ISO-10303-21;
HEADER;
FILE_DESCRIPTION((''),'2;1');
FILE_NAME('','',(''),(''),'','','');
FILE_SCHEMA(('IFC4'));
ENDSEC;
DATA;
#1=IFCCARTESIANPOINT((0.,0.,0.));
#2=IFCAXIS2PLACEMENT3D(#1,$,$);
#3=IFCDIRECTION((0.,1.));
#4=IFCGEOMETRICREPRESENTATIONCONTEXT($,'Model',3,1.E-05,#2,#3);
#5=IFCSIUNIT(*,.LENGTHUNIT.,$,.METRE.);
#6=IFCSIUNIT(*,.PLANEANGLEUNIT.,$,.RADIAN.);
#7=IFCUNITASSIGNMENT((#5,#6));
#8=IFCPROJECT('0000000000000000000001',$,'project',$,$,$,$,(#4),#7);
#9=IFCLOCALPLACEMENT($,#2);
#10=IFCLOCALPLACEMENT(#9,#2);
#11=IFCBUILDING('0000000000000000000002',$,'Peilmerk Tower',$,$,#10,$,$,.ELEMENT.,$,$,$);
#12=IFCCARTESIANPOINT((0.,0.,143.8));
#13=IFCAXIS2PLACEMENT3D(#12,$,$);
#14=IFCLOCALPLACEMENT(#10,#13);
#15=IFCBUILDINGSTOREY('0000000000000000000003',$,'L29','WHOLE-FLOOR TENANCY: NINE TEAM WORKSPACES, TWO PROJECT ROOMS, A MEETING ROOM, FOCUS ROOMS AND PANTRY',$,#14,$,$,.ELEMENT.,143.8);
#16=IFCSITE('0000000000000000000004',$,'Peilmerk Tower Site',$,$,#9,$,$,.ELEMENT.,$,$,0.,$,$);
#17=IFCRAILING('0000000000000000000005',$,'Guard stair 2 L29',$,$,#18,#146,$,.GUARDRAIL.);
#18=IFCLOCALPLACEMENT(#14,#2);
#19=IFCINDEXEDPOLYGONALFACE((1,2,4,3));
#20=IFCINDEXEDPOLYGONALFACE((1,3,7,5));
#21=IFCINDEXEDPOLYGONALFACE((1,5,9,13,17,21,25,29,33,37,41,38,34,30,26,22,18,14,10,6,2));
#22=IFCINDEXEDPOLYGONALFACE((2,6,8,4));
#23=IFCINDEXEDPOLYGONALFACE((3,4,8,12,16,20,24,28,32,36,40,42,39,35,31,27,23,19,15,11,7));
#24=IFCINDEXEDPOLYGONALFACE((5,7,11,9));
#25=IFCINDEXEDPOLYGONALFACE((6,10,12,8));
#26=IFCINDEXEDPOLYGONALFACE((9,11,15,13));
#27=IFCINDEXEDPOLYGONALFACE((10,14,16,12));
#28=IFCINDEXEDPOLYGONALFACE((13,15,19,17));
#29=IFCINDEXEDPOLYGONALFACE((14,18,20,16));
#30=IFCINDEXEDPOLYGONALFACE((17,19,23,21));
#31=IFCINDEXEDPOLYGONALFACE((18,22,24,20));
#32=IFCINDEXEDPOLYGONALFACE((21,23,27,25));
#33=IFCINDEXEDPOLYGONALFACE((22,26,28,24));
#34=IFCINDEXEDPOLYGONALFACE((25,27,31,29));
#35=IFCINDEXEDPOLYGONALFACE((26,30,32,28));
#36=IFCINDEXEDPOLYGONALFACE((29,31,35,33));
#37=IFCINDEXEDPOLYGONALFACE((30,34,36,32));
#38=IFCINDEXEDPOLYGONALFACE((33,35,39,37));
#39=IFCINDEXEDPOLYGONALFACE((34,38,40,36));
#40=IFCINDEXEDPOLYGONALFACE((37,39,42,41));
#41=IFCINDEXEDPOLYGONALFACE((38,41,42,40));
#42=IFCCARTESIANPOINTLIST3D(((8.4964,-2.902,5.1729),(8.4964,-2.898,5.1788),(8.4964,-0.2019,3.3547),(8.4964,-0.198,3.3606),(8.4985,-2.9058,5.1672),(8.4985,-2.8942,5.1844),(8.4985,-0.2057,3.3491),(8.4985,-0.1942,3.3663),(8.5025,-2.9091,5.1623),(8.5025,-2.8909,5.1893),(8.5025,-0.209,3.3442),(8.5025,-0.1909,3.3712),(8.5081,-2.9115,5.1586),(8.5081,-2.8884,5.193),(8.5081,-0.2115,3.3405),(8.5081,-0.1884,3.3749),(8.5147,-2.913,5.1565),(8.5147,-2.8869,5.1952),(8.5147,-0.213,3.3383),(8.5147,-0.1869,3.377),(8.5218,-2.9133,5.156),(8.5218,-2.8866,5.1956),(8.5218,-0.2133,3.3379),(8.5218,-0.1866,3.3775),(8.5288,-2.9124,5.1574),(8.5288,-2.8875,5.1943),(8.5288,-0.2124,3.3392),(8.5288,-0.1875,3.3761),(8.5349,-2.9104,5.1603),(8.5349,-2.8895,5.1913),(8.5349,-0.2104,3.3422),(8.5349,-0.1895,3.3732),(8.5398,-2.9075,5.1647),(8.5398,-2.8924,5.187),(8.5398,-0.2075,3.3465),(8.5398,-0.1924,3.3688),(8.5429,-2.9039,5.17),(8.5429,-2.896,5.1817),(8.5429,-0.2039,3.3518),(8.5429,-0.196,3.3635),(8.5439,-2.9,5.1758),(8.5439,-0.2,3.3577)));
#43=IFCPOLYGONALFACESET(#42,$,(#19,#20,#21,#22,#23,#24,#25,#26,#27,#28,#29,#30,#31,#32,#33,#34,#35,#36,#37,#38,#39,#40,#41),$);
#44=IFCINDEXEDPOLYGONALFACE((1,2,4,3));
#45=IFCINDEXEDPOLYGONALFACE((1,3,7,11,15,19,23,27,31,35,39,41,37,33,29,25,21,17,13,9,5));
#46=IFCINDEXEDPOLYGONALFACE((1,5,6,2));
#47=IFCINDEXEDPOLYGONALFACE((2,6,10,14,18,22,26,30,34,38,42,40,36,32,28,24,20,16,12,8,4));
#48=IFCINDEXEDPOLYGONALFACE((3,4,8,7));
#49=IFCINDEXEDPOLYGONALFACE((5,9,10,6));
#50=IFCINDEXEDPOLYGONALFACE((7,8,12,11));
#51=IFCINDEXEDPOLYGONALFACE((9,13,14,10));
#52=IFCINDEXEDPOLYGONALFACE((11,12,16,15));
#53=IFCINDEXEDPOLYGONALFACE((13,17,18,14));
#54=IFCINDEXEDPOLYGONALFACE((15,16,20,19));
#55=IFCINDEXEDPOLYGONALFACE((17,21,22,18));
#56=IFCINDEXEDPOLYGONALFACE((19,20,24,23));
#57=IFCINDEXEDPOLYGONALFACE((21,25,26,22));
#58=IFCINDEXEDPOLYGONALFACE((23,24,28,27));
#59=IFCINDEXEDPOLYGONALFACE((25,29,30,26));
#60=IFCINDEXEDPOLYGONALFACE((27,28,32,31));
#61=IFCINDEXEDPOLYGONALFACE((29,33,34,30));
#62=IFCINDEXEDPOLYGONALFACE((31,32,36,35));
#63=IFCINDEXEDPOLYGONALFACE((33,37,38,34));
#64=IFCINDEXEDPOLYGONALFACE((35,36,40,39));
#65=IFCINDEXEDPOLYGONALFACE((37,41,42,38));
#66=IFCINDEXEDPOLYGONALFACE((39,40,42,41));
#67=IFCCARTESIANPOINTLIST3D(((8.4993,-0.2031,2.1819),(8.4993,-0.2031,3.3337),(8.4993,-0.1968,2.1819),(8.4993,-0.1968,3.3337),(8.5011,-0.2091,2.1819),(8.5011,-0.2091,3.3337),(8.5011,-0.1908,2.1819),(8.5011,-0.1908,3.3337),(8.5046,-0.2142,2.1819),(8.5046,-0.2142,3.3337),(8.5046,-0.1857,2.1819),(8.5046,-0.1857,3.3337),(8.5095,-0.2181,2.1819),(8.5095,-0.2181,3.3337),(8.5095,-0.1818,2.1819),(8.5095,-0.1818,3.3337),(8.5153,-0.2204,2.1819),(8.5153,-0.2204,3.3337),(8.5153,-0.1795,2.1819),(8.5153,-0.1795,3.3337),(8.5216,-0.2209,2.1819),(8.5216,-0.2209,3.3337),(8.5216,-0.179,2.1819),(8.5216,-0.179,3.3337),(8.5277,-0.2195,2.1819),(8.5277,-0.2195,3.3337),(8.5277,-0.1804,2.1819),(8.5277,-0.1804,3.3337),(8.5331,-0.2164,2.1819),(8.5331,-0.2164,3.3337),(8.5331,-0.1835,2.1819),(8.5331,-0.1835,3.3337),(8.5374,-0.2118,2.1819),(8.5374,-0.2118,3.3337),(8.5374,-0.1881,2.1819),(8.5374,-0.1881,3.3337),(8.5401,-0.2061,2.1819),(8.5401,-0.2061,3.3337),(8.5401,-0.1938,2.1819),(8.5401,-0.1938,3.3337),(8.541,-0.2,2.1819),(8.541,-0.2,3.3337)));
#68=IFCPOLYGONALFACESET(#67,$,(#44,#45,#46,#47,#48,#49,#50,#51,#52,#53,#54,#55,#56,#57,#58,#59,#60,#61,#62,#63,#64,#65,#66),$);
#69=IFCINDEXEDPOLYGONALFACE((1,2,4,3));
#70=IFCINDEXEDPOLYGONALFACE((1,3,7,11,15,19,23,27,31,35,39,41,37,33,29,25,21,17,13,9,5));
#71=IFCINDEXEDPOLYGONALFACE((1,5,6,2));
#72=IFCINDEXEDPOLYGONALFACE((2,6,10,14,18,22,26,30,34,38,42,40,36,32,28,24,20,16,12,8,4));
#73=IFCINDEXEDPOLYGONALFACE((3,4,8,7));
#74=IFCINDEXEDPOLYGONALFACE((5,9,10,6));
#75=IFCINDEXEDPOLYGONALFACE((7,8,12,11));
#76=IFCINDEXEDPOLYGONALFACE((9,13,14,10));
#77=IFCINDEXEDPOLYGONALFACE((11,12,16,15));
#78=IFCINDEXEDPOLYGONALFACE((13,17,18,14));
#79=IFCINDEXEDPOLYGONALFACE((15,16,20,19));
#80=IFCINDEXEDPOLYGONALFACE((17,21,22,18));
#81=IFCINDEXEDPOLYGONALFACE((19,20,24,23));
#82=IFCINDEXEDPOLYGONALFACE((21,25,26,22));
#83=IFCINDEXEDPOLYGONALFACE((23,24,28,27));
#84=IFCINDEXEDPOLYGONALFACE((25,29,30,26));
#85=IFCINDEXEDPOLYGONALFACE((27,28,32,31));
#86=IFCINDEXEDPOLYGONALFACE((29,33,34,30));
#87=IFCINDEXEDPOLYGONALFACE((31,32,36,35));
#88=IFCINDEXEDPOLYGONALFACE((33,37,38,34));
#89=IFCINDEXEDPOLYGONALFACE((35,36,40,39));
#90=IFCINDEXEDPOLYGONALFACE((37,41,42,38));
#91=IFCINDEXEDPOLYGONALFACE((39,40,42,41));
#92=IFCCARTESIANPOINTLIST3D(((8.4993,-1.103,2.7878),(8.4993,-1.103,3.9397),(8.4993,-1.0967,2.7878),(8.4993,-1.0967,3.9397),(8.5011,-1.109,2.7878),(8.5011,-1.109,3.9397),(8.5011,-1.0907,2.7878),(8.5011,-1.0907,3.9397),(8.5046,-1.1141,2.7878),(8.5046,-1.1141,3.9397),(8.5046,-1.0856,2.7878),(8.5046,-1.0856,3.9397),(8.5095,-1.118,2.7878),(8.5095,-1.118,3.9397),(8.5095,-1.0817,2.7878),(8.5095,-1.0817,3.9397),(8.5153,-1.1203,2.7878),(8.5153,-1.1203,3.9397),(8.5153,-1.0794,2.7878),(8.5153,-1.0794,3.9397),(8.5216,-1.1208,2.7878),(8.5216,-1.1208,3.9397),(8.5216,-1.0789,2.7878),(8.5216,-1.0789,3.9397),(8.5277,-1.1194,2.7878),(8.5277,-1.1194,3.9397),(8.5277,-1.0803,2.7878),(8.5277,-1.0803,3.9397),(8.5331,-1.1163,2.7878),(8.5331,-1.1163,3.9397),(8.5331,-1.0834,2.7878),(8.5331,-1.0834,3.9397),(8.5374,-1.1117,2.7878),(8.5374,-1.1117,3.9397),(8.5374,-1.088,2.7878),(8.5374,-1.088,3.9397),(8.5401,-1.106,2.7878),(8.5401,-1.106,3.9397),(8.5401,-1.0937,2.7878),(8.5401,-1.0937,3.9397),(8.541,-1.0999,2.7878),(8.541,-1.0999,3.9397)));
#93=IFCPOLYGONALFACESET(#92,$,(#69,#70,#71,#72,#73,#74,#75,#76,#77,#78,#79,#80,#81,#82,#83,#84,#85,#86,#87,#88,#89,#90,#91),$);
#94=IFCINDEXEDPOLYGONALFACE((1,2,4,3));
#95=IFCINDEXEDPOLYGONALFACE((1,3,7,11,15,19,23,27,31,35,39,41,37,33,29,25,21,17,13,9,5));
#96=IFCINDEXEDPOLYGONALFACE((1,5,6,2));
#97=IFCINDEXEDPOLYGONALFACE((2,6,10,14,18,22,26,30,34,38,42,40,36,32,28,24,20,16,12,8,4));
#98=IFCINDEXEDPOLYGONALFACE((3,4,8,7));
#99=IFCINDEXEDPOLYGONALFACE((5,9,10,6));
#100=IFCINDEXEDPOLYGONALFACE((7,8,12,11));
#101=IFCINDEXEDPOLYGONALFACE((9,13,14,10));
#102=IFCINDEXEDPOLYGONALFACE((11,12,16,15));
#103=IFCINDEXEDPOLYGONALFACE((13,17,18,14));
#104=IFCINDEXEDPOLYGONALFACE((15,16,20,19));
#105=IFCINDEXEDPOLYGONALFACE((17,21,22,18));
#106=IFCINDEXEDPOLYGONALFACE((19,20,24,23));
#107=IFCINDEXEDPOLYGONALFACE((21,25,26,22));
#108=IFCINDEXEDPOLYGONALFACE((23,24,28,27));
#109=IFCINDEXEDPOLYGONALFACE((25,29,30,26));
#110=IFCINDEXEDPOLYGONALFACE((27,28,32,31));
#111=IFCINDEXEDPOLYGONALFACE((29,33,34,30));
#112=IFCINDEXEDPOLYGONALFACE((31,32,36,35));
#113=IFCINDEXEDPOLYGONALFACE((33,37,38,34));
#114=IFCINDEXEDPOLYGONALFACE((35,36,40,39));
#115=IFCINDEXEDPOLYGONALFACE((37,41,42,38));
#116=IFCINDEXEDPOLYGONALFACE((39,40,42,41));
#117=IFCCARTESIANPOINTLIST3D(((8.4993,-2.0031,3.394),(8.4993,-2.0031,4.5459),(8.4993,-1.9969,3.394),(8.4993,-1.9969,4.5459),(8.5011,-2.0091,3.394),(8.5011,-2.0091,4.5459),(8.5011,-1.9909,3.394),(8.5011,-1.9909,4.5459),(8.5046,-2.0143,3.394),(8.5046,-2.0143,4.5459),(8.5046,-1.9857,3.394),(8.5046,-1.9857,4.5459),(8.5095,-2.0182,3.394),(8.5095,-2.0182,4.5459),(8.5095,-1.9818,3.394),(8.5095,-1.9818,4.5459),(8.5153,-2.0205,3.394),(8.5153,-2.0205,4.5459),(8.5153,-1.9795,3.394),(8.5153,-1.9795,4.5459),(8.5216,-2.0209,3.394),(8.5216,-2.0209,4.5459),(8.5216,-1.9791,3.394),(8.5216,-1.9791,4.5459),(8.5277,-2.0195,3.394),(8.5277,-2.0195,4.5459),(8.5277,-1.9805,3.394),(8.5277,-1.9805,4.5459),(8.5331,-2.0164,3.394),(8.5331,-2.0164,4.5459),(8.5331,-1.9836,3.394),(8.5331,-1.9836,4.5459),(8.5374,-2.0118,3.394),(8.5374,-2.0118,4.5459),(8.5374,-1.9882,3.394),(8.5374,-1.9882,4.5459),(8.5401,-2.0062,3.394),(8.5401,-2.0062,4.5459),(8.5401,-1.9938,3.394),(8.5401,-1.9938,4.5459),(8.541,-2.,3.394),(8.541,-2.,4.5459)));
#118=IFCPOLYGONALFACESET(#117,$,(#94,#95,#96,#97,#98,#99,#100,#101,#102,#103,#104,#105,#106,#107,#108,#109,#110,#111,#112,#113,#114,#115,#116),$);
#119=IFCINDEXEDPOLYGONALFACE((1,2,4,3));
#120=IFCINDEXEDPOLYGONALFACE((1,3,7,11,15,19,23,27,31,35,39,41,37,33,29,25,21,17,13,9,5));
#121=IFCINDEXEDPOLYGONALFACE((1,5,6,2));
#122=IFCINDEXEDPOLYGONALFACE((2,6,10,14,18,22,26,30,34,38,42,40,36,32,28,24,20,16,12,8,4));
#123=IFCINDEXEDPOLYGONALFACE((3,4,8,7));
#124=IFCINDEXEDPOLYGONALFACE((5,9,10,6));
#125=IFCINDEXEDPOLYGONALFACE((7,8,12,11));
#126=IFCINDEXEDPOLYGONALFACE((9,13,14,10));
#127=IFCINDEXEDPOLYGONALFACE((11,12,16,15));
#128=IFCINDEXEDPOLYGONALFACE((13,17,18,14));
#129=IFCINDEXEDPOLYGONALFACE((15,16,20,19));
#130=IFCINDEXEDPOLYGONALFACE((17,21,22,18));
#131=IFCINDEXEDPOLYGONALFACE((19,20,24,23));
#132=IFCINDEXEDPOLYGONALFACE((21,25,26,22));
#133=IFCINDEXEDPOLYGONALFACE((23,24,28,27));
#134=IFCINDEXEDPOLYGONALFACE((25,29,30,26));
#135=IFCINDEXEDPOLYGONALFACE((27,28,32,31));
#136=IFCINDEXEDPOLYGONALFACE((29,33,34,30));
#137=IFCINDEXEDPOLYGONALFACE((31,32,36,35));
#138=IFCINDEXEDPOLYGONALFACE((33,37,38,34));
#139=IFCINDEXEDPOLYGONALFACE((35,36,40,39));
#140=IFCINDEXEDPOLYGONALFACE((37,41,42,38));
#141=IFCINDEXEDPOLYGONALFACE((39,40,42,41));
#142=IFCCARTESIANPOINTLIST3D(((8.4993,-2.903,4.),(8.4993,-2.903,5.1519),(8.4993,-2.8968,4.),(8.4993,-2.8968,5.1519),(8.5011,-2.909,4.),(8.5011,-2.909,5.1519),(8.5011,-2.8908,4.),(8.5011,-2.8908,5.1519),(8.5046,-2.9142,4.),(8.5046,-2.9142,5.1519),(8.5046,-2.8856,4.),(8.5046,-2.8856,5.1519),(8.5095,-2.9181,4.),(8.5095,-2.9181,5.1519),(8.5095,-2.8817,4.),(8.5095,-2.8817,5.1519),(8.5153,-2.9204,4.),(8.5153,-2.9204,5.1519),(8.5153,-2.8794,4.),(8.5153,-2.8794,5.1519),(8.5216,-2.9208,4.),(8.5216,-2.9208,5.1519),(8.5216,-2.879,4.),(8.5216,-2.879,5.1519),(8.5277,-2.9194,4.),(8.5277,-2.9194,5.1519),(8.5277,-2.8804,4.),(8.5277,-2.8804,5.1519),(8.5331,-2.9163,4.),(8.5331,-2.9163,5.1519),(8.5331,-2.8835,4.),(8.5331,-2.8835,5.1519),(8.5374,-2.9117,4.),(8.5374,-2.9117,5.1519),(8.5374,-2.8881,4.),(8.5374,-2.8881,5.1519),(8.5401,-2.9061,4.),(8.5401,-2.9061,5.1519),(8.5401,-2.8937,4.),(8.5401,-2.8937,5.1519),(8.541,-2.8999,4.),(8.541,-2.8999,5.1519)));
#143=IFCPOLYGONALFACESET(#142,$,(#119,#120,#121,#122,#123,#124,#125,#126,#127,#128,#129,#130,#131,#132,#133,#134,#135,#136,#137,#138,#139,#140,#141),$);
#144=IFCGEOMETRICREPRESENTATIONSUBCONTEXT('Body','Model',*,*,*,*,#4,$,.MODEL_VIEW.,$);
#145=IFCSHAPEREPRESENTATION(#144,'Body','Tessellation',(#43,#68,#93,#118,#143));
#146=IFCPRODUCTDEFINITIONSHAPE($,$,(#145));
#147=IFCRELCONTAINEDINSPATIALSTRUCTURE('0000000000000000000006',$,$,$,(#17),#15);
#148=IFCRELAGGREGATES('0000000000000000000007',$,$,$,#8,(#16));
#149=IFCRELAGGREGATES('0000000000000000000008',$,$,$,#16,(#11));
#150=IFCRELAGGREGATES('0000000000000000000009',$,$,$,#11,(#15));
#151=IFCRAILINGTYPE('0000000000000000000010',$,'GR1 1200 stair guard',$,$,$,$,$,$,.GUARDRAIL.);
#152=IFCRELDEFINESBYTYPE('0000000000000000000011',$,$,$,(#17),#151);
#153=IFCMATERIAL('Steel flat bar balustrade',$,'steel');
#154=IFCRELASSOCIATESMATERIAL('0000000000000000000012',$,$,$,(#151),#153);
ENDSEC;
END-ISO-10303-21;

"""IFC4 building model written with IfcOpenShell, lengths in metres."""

from ifc_helpers import new_model, si_unit, direction, frame, origin, origin_2d, place, context, subcontext, project, spatial, circle, extrude, material, type_object, element, save


model = new_model("IFC4")

# Units and contexts
model_context = context("Model", 3, precision=1e-05, world=origin(), true_north=direction((0.0, 1.0)))
body_context = subcontext(model_context, "Body", "Model", "MODEL_VIEW")
ifc_project = project(units=[si_unit("LENGTHUNIT", "METRE"), si_unit("PLANEANGLEUNIT", "RADIAN")], contexts=[model_context])

# Site, building, storey
site_placement = place(None, origin())
site = spatial("IfcSite", under=ifc_project, at=site_placement, Name="Peilmerk Tower Site", CompositionType="ELEMENT", RefElevation=0.0)
building_placement = place(site_placement, origin())
building = spatial("IfcBuilding", under=site, at=building_placement, Name="Peilmerk Tower", CompositionType="ELEMENT")
storey_placement = place(building_placement, frame((0.0, 0.0, 143.8)))
storey = spatial("IfcBuildingStorey", under=building, at=storey_placement, Name="L29", Description="WHOLE-FLOOR TENANCY: NINE TEAM WORKSPACES, TWO PROJECT ROOMS, A MEETING ROOM, FOCUS ROOMS AND PANTRY", CompositionType="ELEMENT", Elevation=143.8)

# Railing
ifc_material_1 = material(Name="Steel flat bar balustrade", Category="steel")
railing_type_1 = type_object("IfcRailingType", Name="GR1 1200 stair guard", PredefinedType="GUARDRAIL", material=ifc_material_1)
railing_1_placement = place(storey_placement, frame((8.52, -0.2, 2.1819)))
element("IfcRailing", 1, at=railing_1_placement, inside=storey, type_object=railing_type_1, Name="Guard stair 2 L29", PredefinedType="GUARDRAIL", context=body_context, shape_type="SweptSolid", body=[
    extrude(circle(Radius=0.0239, at=origin_2d()), frame((0.0, 0.0, 1.1758), z_axis=(0.0, -0.829468, 0.558554), x_axis=(1.0, 0.0, 0.0)), (0.0, 0.0, 1.0), 3.2551),
    extrude(circle(Radius=0.021, at=origin_2d()), origin(), (0.0, 0.0, 1.0), 1.1519),
    extrude(circle(Radius=0.021, at=origin_2d()), frame((0.0, -0.8999, 0.606)), (0.0, 0.0, 1.0), 1.1519),
    extrude(circle(Radius=0.021, at=origin_2d()), frame((0.0, -1.8, 1.2122)), (0.0, 0.0, 1.0), 1.1519),
    extrude(circle(Radius=0.021, at=origin_2d()), frame((0.0, -2.7, 1.8181)), (0.0, 0.0, 1.0), 1.1519),
])

save(model, "model.ifc")
